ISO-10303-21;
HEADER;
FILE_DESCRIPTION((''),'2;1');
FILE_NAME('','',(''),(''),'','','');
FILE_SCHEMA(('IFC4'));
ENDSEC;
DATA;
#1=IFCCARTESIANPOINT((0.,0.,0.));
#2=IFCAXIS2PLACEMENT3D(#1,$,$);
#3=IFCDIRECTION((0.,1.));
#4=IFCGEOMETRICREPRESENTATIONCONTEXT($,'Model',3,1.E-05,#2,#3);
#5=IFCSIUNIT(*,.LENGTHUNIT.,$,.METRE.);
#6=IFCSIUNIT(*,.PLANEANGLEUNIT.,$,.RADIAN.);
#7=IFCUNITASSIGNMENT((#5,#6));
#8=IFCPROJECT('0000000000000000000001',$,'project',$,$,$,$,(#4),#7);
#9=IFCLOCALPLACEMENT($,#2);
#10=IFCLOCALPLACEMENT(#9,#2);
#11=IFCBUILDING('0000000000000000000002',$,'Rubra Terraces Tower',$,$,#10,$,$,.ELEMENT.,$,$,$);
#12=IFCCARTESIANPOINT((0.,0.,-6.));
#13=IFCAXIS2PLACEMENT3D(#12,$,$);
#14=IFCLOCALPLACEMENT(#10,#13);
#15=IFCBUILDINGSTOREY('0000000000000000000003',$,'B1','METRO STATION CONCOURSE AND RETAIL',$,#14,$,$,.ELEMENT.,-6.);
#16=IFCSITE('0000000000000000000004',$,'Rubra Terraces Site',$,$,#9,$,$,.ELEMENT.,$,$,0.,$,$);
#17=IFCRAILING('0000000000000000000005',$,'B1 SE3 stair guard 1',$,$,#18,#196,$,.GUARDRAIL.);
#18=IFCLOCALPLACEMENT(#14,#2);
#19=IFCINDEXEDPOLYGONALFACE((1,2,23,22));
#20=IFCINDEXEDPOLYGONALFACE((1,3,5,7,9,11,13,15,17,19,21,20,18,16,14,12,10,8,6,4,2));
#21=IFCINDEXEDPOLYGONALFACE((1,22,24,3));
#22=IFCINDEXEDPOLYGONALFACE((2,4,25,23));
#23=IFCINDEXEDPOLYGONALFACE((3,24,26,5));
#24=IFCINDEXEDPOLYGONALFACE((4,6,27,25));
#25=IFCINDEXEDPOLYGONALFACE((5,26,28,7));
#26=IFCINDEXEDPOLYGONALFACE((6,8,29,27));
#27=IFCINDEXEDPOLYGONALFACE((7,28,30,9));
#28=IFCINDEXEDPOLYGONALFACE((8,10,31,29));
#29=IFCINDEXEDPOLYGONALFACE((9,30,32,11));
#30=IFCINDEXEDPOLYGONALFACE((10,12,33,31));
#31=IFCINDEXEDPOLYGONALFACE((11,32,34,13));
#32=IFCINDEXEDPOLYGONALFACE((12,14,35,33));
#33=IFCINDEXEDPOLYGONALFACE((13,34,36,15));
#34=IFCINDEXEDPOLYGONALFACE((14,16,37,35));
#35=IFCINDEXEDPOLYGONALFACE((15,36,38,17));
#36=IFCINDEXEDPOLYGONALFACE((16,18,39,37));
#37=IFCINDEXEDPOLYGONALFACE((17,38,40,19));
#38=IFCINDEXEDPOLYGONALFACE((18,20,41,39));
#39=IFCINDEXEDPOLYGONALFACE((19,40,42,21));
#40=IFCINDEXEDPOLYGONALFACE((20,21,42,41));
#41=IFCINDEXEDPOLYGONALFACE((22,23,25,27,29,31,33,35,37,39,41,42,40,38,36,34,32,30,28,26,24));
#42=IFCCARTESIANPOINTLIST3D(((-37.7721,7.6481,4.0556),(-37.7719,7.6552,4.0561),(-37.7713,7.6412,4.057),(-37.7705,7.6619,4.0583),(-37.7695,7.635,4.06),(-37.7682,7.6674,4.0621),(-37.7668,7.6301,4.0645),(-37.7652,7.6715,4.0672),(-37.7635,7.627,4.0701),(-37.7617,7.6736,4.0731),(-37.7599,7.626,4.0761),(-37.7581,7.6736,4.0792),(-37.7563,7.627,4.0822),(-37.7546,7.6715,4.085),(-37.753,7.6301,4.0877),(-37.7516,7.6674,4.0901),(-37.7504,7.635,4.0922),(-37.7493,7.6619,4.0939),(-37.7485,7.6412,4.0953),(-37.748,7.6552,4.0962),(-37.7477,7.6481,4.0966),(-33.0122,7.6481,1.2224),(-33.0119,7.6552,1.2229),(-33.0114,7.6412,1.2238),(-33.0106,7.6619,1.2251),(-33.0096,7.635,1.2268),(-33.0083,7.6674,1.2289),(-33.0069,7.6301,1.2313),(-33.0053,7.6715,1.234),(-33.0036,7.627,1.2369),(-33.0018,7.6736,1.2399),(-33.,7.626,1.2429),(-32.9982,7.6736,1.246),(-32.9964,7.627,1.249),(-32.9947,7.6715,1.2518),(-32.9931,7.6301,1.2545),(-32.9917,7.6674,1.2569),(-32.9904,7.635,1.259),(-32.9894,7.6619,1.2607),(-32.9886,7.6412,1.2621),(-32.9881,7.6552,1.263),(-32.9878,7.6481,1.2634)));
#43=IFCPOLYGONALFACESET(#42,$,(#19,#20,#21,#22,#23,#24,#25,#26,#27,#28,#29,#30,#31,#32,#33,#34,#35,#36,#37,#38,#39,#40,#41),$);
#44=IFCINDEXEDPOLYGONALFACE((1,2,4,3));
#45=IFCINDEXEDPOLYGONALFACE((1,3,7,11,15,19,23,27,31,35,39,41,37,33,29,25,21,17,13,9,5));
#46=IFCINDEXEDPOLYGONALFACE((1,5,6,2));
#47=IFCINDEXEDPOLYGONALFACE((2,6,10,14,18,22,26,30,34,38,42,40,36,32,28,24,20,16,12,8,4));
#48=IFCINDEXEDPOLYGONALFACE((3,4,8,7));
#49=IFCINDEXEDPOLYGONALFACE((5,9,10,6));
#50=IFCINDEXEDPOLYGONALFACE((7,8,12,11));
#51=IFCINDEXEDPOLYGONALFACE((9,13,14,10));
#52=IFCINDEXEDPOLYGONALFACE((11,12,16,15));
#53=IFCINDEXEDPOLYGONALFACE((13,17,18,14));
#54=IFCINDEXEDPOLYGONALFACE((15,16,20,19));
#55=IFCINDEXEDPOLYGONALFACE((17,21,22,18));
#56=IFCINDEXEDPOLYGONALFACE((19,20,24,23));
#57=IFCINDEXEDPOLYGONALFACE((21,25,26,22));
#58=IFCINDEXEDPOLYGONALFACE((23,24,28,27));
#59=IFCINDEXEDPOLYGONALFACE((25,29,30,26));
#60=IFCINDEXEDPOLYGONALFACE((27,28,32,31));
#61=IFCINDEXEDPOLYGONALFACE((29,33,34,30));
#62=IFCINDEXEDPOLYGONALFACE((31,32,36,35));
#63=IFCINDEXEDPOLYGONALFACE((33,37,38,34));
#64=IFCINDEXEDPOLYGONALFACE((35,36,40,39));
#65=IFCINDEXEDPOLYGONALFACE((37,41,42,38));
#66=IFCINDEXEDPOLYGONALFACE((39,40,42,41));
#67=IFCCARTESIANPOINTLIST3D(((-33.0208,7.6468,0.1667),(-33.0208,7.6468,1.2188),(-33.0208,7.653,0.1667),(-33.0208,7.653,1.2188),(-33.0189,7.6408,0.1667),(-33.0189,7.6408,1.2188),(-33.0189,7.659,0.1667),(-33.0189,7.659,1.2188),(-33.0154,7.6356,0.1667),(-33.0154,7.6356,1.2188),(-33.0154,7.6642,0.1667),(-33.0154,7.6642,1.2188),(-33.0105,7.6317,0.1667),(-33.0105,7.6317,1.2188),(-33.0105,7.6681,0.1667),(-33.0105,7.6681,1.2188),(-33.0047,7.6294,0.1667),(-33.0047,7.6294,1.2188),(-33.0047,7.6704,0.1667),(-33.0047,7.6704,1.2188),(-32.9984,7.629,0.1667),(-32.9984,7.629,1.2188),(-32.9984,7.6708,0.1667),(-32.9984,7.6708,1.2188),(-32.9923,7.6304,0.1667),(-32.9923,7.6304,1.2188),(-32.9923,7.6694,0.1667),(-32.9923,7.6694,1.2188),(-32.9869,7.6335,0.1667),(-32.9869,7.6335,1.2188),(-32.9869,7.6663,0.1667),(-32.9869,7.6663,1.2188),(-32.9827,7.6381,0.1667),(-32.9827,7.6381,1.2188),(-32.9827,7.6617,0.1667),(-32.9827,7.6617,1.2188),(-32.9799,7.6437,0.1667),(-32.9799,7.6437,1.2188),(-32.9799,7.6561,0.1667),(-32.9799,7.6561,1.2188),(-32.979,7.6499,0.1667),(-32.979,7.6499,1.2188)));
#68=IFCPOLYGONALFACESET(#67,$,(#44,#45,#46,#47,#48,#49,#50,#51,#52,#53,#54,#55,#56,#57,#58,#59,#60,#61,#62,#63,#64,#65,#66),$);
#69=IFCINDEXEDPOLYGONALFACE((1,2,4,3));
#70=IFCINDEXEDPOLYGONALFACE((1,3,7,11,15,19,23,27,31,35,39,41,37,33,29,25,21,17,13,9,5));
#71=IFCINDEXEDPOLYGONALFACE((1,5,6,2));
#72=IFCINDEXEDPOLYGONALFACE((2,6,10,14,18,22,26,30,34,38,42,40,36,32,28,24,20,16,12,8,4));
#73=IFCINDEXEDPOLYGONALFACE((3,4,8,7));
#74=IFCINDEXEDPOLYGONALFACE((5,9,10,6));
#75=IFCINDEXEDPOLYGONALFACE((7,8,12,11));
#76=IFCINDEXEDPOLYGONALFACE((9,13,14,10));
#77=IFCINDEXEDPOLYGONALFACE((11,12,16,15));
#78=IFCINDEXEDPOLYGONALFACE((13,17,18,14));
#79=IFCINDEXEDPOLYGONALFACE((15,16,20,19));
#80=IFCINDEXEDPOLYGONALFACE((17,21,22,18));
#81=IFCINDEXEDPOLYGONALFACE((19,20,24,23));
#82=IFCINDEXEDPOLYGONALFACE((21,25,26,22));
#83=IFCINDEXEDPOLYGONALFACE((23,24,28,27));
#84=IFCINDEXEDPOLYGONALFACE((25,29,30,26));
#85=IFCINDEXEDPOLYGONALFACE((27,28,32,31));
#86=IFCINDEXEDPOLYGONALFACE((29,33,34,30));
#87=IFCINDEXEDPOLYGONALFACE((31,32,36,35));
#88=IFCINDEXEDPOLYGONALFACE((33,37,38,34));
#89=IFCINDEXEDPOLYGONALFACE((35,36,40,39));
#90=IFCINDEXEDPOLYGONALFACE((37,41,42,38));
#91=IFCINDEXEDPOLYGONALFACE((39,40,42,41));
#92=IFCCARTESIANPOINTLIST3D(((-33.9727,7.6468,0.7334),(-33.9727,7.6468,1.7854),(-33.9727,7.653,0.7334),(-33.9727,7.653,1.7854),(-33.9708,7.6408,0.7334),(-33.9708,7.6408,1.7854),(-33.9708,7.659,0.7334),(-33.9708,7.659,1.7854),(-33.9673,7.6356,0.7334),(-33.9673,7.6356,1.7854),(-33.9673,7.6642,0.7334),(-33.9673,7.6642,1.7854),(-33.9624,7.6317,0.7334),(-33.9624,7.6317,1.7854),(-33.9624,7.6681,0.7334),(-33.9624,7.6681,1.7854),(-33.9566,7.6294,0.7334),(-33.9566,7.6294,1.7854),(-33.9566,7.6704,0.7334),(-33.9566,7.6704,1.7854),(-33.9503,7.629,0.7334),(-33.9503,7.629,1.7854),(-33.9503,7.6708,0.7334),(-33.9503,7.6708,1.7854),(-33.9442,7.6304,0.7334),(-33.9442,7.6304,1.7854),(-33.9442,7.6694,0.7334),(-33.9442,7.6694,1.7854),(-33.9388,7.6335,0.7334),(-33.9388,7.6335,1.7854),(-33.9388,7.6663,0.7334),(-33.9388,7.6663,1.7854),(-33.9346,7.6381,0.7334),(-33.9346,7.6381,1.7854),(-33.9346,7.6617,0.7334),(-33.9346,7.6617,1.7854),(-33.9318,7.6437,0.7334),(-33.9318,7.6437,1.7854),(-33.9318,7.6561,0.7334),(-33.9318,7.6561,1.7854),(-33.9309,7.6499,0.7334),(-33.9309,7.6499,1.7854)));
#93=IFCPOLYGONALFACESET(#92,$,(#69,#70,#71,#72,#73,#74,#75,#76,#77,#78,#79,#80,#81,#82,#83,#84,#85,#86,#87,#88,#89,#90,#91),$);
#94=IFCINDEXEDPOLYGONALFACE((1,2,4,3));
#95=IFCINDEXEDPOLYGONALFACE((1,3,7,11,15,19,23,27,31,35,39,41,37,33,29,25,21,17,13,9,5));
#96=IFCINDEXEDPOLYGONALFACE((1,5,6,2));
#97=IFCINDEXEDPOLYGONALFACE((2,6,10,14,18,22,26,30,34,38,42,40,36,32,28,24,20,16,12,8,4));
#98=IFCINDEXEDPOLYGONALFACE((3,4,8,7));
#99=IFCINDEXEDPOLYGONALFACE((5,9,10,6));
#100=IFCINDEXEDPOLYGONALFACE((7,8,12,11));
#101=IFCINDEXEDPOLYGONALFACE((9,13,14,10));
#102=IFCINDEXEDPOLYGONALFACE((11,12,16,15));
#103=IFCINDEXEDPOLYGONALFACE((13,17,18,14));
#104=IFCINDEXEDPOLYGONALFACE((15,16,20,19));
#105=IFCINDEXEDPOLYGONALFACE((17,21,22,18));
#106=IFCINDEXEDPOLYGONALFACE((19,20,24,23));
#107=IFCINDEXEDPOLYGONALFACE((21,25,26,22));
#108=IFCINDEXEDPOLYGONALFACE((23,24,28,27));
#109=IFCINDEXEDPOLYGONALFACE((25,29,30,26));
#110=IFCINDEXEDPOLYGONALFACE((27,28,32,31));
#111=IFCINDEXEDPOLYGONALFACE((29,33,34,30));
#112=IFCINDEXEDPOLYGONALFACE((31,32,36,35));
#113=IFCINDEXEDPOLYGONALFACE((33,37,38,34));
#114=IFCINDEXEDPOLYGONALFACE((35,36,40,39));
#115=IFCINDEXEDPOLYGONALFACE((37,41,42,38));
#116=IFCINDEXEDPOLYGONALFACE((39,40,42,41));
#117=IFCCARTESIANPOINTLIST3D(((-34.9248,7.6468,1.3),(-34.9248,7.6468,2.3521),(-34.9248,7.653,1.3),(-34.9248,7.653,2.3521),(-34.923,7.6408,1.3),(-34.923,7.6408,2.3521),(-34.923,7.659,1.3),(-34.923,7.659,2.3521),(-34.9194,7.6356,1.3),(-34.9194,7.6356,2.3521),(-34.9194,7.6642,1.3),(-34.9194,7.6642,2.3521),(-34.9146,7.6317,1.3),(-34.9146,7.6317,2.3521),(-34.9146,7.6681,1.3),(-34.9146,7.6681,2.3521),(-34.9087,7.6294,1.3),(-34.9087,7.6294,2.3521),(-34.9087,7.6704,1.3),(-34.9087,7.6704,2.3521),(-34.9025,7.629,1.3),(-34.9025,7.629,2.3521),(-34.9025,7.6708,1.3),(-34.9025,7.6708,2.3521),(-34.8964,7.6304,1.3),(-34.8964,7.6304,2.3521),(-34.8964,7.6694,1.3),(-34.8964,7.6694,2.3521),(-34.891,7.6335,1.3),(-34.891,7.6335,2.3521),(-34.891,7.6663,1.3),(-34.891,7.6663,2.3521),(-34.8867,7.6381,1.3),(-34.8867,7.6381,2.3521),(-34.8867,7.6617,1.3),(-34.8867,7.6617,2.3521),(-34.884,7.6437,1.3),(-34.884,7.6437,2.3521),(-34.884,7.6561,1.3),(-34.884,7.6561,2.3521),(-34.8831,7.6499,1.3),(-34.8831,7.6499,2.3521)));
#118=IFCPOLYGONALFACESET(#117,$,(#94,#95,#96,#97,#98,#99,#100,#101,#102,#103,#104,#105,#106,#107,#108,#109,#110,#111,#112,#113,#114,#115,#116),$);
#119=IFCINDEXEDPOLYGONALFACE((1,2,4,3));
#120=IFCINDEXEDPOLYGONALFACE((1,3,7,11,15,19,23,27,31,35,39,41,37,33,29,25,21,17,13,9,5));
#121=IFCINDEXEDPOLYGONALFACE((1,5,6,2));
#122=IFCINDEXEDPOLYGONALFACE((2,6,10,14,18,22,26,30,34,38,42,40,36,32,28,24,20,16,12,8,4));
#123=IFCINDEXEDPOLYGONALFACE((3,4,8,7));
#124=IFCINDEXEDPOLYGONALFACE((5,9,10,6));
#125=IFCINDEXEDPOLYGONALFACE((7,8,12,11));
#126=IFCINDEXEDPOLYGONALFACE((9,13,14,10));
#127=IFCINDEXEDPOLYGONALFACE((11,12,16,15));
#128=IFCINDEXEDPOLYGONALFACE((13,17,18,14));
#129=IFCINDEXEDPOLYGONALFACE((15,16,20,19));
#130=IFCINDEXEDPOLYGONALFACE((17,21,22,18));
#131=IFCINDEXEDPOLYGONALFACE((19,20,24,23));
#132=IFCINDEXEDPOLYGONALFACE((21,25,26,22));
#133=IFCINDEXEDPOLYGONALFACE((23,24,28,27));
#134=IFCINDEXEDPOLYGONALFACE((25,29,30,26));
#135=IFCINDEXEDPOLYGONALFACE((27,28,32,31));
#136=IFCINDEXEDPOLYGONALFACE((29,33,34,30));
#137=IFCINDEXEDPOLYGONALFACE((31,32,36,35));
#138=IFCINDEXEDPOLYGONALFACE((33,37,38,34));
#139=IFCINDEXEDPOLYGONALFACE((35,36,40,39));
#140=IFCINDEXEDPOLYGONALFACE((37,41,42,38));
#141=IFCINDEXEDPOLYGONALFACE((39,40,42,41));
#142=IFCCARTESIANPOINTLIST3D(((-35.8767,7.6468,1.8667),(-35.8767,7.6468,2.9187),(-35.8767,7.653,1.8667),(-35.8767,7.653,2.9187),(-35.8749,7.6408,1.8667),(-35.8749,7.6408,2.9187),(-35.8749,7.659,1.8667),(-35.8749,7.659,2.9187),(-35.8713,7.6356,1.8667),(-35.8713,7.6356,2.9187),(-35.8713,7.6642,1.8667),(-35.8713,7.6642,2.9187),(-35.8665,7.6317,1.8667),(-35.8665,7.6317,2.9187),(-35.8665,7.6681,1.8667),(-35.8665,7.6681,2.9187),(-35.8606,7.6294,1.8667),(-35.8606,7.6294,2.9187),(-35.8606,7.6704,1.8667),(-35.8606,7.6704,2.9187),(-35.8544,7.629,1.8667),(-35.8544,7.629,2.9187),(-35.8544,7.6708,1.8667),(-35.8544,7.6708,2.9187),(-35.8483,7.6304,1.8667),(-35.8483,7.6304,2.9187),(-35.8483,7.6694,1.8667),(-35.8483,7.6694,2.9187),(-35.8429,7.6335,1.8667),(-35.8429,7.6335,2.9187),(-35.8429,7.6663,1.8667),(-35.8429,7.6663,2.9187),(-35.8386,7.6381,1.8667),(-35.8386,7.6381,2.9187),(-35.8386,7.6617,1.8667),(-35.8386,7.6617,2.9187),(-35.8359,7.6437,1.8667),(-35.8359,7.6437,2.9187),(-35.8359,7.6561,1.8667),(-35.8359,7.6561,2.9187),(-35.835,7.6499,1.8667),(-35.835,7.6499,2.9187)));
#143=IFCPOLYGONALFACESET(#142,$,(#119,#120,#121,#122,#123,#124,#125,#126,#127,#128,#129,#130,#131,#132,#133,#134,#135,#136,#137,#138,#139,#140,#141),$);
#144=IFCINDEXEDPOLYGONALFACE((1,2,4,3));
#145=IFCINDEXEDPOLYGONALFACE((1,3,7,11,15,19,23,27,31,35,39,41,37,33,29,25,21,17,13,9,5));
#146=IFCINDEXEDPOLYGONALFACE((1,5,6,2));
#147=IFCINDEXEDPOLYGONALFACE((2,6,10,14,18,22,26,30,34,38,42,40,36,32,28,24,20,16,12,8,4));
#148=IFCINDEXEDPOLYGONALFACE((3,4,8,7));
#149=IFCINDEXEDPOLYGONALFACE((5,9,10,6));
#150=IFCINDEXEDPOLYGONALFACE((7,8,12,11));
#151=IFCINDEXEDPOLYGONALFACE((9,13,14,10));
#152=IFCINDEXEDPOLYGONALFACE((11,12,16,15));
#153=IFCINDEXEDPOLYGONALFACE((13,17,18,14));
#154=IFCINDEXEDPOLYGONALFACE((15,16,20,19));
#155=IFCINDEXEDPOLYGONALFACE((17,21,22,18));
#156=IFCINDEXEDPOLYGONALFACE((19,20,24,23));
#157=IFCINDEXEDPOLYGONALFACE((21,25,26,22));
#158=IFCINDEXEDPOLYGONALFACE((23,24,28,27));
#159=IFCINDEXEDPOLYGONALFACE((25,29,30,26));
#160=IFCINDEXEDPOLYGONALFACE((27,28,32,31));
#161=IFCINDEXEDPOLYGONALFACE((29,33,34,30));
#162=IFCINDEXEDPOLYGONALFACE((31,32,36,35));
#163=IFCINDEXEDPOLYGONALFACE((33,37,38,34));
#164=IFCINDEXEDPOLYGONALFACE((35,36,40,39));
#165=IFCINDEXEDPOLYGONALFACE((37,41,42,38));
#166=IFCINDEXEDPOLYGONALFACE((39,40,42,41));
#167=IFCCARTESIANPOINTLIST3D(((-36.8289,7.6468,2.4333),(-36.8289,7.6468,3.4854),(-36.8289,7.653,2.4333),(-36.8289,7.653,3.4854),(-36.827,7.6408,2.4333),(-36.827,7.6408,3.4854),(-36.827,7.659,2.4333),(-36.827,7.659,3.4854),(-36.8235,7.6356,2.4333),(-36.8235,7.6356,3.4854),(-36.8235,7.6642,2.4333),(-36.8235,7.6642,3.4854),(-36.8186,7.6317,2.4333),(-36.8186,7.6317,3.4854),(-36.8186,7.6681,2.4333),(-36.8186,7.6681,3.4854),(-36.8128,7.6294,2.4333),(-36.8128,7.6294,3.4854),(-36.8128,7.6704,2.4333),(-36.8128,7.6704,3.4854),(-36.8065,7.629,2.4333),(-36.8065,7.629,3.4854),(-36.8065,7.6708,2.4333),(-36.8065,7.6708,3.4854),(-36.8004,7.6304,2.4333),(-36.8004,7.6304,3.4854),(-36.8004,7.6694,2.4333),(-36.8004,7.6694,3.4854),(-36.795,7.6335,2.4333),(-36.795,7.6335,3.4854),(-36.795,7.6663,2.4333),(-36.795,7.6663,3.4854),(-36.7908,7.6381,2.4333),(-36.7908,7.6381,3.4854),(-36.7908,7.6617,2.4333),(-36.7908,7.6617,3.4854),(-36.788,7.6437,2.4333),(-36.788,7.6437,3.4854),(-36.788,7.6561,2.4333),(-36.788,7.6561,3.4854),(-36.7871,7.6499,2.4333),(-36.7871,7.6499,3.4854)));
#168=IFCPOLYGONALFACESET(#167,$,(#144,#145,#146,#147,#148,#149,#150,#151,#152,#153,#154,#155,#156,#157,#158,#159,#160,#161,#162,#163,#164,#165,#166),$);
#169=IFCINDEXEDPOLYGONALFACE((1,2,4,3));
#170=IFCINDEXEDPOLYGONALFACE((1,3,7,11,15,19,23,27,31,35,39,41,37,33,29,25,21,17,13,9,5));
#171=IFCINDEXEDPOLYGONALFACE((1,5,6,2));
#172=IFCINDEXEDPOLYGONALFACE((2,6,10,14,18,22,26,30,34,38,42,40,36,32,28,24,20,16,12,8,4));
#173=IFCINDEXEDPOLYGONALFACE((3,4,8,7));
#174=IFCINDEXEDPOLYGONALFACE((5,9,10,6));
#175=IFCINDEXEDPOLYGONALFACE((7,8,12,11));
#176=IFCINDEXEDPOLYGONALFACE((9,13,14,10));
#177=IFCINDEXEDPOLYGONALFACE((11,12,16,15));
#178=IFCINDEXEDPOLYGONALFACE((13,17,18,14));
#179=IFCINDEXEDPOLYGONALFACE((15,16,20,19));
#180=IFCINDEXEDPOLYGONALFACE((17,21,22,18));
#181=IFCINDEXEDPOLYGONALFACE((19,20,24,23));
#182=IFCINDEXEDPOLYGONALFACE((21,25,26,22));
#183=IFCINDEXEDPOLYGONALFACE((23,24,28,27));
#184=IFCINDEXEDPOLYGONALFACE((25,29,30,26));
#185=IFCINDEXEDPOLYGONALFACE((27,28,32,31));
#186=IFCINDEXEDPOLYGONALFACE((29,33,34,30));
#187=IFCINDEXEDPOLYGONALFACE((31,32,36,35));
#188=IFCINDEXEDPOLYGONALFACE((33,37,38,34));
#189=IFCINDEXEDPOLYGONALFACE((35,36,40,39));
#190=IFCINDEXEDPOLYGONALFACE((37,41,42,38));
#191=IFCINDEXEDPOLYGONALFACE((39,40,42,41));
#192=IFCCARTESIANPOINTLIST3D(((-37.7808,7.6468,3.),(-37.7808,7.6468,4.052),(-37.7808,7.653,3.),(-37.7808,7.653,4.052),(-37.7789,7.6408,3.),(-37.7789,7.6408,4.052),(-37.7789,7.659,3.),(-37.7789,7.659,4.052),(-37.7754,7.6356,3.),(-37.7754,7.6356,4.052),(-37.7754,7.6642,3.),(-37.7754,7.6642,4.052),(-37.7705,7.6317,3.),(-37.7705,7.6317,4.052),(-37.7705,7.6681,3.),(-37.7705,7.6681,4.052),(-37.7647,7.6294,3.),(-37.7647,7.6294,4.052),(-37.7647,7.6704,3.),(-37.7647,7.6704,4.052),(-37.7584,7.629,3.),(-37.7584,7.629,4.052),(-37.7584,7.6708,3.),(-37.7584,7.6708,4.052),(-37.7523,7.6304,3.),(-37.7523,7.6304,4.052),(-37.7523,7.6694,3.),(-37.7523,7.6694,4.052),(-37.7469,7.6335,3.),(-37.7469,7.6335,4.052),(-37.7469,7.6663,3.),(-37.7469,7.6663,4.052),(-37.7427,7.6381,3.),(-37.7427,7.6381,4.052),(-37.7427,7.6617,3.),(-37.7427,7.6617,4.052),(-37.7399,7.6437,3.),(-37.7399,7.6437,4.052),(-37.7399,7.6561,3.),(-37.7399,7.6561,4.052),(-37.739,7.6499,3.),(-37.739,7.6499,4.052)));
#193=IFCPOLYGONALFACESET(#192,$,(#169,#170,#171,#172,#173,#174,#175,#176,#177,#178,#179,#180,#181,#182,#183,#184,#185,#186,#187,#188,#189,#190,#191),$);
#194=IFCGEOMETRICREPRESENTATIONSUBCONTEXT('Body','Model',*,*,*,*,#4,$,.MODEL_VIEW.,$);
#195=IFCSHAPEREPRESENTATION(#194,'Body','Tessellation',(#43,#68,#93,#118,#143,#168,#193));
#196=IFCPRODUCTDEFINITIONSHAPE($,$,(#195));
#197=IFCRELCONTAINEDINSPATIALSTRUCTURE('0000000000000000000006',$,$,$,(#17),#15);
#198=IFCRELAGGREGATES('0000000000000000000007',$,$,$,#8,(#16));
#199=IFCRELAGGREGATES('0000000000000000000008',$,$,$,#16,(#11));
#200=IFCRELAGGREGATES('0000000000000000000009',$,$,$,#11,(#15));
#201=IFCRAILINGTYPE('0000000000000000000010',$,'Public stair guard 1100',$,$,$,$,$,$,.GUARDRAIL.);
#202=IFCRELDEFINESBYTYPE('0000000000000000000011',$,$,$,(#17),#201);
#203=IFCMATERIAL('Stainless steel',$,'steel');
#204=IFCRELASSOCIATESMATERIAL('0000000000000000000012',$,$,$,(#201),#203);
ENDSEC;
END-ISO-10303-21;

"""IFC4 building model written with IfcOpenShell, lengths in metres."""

from ifc_helpers import new_model, si_unit, direction, frame, origin, origin_2d, place, context, subcontext, project, spatial, circle, extrude, material, type_object, element, save


model = new_model("IFC4")

# Units and contexts
model_context = context("Model", 3, precision=1e-05, world=origin(), true_north=direction((0.0, 1.0)))
body_context = subcontext(model_context, "Body", "Model", "MODEL_VIEW")
ifc_project = project(units=[si_unit("LENGTHUNIT", "METRE"), si_unit("PLANEANGLEUNIT", "RADIAN")], contexts=[model_context])

# Site, building, storey
site_placement = place(None, origin())
site = spatial("IfcSite", under=ifc_project, at=site_placement, Name="Rubra Terraces Site", CompositionType="ELEMENT", RefElevation=0.0)
building_placement = place(site_placement, origin())
building = spatial("IfcBuilding", under=site, at=building_placement, Name="Rubra Terraces Tower", CompositionType="ELEMENT")
storey_placement = place(building_placement, frame((0.0, 0.0, -6.0)))
storey = spatial("IfcBuildingStorey", under=building, at=storey_placement, Name="B1", Description="METRO STATION CONCOURSE AND RETAIL", CompositionType="ELEMENT", Elevation=-6.0)

# Railing
ifc_material_1 = material(Name="Stainless steel", Category="steel")
railing_type_1 = type_object("IfcRailingType", Name="Public stair guard 1100", PredefinedType="GUARDRAIL", material=ifc_material_1)
railing_1_placement = place(storey_placement, frame((-33.0, 7.6499, 0.1667)))
element("IfcRailing", 1, at=railing_1_placement, inside=storey, type_object=railing_type_1, Name="B1 SE3 stair guard 1", PredefinedType="GUARDRAIL", context=body_context, shape_type="SweptSolid", body=[
    extrude(circle(Radius=0.0239, at=origin_2d()), frame((0.0, 0.0, 1.0762), z_axis=(-0.8593, 0.0, 0.511472), x_axis=(0.0, -1.0, 0.0)), (0.0, 0.0, 1.0), 5.5393),
    extrude(circle(Radius=0.021, at=origin_2d()), origin(), (0.0, 0.0, 1.0), 1.052),
    extrude(circle(Radius=0.021, at=origin_2d()), frame((-0.9519, 0.0, 0.5667)), (0.0, 0.0, 1.0), 1.052),
    extrude(circle(Radius=0.021, at=origin_2d()), frame((-1.9041, 0.0, 1.1333)), (0.0, 0.0, 1.0), 1.052),
    extrude(circle(Radius=0.021, at=origin_2d()), frame((-2.856, 0.0, 1.7)), (0.0, 0.0, 1.0), 1.052),
    extrude(circle(Radius=0.021, at=origin_2d()), frame((-3.8081, 0.0, 2.2666)), (0.0, 0.0, 1.0), 1.052),
    extrude(circle(Radius=0.021, at=origin_2d()), frame((-4.76, 0.0, 2.8333)), (0.0, 0.0, 1.0), 1.052),
])

save(model, "model.ifc")
